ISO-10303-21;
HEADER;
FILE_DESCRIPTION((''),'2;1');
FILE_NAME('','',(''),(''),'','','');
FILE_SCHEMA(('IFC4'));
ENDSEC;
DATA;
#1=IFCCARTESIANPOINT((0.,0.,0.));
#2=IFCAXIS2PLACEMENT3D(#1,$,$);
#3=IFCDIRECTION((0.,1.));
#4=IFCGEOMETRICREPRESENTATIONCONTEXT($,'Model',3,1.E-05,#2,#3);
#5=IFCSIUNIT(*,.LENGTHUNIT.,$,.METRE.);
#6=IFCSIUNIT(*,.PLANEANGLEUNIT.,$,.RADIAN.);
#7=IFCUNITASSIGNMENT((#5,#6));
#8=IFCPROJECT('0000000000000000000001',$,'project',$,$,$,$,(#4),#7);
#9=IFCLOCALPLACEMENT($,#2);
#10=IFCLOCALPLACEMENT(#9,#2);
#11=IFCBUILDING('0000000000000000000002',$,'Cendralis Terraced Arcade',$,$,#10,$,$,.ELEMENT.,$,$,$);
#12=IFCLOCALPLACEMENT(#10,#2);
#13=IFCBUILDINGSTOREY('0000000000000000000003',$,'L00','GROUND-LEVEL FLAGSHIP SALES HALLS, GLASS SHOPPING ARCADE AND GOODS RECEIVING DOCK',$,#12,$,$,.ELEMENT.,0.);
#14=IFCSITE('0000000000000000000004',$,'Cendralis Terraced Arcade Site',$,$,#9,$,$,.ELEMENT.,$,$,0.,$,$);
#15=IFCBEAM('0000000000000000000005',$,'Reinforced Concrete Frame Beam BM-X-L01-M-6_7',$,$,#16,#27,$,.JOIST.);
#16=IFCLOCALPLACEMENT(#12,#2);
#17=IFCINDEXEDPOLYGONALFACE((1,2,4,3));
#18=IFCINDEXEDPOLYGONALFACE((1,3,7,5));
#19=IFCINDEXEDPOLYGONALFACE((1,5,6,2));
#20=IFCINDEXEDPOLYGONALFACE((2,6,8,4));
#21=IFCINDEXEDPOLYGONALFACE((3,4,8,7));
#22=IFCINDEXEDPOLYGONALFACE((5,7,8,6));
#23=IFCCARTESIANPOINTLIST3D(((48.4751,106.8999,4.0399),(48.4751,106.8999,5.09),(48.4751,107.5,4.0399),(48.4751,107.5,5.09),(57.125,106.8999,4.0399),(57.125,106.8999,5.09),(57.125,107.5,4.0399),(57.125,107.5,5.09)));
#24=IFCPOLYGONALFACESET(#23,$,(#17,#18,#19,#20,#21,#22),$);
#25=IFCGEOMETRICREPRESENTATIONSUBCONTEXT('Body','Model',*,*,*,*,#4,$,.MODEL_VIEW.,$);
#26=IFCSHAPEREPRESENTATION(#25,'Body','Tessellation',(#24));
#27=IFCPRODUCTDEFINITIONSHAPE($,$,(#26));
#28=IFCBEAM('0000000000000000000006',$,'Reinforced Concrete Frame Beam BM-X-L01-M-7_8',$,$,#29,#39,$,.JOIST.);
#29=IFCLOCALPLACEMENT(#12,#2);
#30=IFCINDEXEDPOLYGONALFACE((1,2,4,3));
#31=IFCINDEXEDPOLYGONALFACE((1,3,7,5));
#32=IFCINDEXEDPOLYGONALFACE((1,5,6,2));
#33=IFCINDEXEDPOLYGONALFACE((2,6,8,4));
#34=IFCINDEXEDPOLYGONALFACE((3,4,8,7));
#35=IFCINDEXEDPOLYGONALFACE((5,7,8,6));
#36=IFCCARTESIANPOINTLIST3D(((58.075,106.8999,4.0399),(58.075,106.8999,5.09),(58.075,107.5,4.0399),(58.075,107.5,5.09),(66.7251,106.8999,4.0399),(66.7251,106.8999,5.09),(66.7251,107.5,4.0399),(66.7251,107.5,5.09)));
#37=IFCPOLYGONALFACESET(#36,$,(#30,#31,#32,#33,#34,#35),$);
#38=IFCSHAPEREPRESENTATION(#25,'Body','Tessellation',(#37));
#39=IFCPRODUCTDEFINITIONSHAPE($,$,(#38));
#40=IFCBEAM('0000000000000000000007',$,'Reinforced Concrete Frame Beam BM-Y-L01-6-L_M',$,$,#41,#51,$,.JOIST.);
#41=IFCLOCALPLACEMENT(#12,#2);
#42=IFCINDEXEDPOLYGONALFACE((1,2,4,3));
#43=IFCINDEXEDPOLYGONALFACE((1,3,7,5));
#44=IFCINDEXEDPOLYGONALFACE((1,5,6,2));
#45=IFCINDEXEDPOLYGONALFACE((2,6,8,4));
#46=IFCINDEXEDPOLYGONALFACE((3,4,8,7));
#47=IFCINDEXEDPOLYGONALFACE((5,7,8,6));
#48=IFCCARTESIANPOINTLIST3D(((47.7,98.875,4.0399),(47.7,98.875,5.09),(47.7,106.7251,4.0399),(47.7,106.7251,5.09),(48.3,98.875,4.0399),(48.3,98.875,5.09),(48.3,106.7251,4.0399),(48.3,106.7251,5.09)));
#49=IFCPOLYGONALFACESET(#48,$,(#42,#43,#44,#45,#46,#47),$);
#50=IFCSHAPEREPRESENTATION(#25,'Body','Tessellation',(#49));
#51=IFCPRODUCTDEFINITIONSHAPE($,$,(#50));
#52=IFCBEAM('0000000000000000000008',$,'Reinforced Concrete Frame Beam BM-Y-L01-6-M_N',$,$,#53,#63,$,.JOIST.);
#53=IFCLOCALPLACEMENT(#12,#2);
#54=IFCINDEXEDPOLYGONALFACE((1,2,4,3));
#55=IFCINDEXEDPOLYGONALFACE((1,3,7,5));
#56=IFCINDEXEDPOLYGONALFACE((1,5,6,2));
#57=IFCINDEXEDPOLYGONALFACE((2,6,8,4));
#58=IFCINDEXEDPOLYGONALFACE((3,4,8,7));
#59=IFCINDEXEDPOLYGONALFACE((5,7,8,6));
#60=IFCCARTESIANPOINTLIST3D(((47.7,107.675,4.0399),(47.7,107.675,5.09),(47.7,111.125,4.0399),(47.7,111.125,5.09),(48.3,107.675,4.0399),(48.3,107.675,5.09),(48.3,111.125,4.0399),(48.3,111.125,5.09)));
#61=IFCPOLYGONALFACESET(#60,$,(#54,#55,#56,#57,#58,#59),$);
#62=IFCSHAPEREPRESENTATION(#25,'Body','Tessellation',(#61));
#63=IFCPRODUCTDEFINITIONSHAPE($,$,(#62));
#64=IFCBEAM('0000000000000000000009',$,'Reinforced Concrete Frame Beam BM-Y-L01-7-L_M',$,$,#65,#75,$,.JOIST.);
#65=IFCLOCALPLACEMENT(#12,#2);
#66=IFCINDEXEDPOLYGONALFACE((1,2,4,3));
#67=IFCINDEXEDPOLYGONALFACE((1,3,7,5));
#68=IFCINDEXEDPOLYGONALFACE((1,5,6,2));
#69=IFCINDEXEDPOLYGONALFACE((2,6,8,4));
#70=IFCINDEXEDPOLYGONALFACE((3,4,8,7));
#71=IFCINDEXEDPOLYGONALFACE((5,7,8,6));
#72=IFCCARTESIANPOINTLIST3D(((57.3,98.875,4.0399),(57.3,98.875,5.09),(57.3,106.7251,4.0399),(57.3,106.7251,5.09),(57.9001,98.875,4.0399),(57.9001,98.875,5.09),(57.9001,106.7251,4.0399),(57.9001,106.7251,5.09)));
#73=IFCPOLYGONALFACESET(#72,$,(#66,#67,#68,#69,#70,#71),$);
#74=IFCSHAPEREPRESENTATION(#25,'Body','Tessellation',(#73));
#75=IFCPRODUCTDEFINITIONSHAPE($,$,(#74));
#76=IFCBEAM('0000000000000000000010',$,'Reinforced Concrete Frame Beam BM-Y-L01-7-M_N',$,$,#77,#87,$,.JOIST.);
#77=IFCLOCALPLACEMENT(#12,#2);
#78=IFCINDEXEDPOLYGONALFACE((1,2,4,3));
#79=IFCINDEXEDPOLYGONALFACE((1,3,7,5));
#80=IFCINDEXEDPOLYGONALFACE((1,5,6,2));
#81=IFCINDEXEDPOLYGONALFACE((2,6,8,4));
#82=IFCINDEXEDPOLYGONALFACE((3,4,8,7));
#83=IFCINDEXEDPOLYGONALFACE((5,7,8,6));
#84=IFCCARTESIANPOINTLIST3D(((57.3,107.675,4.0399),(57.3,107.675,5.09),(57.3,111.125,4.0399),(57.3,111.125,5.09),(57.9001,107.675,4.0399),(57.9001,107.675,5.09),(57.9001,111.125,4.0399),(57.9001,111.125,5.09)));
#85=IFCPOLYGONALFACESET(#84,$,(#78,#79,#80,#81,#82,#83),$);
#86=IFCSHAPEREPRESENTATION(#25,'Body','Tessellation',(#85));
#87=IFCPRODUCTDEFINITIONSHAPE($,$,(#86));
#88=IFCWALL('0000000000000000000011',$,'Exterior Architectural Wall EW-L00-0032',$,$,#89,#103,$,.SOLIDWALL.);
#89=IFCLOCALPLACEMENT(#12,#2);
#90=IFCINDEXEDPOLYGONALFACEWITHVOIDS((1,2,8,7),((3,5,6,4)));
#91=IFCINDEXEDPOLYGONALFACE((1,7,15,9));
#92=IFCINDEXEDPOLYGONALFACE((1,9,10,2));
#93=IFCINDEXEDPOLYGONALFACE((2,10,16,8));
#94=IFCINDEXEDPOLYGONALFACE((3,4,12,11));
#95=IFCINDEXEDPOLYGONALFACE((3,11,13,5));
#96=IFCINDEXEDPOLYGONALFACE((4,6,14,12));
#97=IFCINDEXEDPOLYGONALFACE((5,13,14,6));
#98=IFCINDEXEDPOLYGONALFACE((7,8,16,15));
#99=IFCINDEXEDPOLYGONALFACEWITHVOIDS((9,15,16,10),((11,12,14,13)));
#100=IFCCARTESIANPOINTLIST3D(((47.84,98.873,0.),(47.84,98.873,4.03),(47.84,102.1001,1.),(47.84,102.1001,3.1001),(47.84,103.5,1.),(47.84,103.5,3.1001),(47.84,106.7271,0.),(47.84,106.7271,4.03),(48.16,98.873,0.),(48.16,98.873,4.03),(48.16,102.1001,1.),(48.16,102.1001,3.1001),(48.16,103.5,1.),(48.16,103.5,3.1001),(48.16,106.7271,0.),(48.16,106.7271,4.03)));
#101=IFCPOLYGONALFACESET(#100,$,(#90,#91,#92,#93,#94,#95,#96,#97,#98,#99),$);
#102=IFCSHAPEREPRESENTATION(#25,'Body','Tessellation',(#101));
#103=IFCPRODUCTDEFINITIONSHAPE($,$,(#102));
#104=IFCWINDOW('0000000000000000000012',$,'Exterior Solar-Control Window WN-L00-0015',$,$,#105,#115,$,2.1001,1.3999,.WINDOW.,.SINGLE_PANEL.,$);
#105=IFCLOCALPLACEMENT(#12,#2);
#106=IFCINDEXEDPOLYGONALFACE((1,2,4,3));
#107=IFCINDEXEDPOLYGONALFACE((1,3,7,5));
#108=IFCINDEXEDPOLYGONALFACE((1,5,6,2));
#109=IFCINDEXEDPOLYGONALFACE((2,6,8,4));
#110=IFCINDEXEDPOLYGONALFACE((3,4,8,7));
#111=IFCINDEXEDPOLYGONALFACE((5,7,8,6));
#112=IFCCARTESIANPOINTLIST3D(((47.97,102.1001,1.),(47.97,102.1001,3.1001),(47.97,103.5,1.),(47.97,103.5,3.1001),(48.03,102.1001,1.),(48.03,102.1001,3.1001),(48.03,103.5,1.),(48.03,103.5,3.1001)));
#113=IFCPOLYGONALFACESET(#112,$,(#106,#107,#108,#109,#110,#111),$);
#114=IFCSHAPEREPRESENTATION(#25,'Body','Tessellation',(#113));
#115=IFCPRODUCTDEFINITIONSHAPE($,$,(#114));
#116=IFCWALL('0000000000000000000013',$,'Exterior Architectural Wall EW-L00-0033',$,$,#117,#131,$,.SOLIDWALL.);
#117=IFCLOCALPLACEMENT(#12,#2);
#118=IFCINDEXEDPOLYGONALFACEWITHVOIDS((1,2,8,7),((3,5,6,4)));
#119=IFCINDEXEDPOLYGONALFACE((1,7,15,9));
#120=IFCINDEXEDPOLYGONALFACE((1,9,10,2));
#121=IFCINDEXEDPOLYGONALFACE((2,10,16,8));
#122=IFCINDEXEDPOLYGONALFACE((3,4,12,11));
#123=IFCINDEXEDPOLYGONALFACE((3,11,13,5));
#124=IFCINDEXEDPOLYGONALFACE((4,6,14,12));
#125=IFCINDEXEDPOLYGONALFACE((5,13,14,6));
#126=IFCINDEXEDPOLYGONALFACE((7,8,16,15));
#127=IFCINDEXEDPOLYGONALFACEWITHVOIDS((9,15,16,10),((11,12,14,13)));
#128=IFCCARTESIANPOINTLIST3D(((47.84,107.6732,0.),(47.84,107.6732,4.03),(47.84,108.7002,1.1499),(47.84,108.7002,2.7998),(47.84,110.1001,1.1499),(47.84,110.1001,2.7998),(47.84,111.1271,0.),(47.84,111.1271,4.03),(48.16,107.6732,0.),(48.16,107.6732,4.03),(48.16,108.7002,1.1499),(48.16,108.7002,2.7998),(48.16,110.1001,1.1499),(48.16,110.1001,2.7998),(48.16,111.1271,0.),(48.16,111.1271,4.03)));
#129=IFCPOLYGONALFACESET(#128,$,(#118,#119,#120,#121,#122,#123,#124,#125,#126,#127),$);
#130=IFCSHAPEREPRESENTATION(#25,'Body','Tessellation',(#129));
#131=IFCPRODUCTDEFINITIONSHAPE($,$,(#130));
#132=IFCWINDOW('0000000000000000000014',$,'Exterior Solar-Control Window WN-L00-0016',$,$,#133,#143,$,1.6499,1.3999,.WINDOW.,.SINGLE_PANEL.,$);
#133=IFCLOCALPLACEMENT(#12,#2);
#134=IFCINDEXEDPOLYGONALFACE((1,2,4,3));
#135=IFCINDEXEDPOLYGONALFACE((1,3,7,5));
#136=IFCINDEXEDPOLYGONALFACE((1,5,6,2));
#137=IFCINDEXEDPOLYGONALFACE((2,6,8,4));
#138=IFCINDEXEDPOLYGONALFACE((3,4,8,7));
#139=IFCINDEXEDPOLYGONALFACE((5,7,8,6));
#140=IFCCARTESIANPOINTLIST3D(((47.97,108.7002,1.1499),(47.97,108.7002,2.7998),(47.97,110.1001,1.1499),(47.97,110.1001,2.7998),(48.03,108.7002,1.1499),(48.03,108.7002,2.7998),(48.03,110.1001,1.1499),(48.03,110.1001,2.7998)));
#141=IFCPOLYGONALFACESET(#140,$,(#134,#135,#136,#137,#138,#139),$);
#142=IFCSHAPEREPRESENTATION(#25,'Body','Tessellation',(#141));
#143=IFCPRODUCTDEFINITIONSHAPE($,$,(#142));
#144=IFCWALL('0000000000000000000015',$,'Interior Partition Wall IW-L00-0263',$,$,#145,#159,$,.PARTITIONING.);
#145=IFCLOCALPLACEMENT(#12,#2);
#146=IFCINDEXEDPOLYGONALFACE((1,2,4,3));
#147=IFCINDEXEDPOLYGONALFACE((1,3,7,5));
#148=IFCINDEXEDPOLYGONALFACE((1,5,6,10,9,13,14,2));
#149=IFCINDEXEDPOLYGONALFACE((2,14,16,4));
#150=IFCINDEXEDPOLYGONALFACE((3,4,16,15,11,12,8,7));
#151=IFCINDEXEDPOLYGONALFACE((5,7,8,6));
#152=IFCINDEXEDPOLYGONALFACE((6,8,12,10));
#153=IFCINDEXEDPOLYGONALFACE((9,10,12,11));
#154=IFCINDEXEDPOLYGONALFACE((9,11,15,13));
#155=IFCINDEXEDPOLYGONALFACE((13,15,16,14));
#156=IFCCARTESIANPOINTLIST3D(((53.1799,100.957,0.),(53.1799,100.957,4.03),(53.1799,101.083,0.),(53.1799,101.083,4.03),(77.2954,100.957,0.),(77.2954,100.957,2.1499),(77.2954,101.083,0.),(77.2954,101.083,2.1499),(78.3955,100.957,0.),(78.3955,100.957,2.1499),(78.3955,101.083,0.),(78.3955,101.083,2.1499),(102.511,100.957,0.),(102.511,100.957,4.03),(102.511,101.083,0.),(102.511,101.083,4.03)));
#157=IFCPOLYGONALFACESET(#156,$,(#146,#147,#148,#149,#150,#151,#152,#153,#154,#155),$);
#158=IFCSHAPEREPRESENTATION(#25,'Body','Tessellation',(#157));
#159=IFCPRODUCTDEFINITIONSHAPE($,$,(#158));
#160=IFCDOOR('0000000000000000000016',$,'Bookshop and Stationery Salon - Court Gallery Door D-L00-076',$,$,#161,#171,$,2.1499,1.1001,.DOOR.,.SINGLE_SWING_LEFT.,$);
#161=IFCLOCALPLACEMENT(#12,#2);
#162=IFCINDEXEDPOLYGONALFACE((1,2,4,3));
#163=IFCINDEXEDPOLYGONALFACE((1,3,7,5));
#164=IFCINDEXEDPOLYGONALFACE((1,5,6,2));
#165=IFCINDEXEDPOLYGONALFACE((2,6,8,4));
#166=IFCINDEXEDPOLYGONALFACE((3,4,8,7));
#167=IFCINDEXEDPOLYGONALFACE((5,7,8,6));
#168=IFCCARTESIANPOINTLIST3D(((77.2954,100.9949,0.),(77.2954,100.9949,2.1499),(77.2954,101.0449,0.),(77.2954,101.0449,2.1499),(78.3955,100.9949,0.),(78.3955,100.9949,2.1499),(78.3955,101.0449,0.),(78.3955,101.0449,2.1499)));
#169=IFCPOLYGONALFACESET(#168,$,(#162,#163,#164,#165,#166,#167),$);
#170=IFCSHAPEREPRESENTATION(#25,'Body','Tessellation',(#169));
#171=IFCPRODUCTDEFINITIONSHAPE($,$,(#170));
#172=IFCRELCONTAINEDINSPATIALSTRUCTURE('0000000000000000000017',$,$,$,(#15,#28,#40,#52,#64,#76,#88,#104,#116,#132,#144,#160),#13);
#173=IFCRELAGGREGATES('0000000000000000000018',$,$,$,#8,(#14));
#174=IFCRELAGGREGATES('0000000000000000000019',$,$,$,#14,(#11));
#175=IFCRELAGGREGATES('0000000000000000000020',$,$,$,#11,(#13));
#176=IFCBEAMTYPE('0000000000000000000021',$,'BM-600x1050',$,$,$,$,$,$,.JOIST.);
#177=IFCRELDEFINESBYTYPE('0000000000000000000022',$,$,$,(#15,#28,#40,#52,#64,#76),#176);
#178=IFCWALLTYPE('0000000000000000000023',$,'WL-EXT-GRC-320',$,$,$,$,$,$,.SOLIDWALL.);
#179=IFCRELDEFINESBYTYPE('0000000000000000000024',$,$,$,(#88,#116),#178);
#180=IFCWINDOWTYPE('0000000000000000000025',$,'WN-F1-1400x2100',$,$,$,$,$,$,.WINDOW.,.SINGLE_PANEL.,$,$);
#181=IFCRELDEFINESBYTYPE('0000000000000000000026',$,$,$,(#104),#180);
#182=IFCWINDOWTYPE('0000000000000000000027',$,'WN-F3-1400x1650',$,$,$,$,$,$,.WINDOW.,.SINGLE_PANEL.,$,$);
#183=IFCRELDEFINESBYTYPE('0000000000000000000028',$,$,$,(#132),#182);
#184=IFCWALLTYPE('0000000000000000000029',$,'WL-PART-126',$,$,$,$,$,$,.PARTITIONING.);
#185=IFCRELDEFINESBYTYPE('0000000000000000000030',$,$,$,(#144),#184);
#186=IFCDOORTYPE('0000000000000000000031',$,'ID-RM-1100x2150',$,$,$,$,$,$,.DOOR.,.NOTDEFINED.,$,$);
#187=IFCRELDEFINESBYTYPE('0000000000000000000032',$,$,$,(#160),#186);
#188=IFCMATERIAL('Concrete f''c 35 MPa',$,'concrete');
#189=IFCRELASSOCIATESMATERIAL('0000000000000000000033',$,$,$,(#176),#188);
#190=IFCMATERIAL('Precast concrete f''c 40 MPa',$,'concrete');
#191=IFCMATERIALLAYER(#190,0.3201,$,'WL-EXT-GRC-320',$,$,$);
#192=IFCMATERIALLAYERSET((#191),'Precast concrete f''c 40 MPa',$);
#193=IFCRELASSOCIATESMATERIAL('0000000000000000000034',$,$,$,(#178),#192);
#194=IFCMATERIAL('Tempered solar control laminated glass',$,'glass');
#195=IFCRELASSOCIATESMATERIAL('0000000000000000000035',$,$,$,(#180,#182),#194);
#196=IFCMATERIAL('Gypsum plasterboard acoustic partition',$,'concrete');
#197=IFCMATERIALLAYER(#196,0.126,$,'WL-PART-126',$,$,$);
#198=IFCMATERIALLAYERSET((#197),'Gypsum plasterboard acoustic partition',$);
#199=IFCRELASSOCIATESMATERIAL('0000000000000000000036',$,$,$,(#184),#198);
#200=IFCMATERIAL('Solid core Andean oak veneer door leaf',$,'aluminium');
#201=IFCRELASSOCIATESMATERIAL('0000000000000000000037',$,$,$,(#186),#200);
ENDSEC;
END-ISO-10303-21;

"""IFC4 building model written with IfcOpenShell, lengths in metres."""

from ifc_helpers import new_model, si_unit, direction, frame, frame_2d, origin, origin_2d, place, context, subcontext, project, spatial, rectangle, extrude, material, layer, layer_set, material_profile, profile_set, type_object, element, fill, save


model = new_model("IFC4")

# Units and contexts
model_context = context("Model", 3, precision=1e-05, world=origin(), true_north=direction((0.0, 1.0)))
body_context = subcontext(model_context, "Body", "Model", "MODEL_VIEW")
ifc_project = project(units=[si_unit("LENGTHUNIT", "METRE"), si_unit("PLANEANGLEUNIT", "RADIAN")], contexts=[model_context])

# Site, building, storey
site_placement = place(None, origin())
site = spatial("IfcSite", under=ifc_project, at=site_placement, Name="Cendralis Terraced Arcade Site", CompositionType="ELEMENT", RefElevation=0.0)
building_placement = place(site_placement, origin())
building = spatial("IfcBuilding", under=site, at=building_placement, Name="Cendralis Terraced Arcade", CompositionType="ELEMENT")
storey_placement = place(building_placement, origin())
storey = spatial("IfcBuildingStorey", under=building, at=storey_placement, Name="L00", Description="GROUND-LEVEL FLAGSHIP SALES HALLS, GLASS SHOPPING ARCADE AND GOODS RECEIVING DOCK", CompositionType="ELEMENT", Elevation=0.0)

# Shared definitions
ifc_material_1 = material(Name="Concrete f'c 35 MPa", Category="concrete")

# Beams
ifc_material_profile_1 = material_profile(ifc_material_1, rectangle(XDim=0.6001, YDim=1.05, at=origin_2d()), Name="RC-BM-600x1050", Category="LoadBearing")
ifc_profile_set_1 = profile_set([ifc_material_profile_1], Name="Concrete f'c 35 MPa")
beam_type = type_object("IfcBeamType", Name="BM-600x1050", PredefinedType="JOIST", material=ifc_profile_set_1)
beam_1_placement = place(storey_placement, frame((48.4751, 107.2, 4.5649), z_axis=(1.0, 0.0, 0.0), x_axis=(0.0, 1.0, 0.0)))
element("IfcBeam", 1, at=beam_1_placement, inside=storey, type_object=beam_type, Name="Reinforced Concrete Frame Beam BM-X-L01-M-6_7", PredefinedType="JOIST", context=body_context, shape_type="SweptSolid", body=[
    extrude(rectangle(XDim=0.6001, YDim=1.05, at=origin_2d()), origin(), (0.0, 0.0, 1.0), 8.6499),
])
beam_2_placement = place(storey_placement, frame((58.075, 107.2, 4.5649), z_axis=(1.0, 0.0, 0.0), x_axis=(0.0, 1.0, 0.0)))
element("IfcBeam", 2, at=beam_2_placement, inside=storey, type_object=beam_type, Name="Reinforced Concrete Frame Beam BM-X-L01-M-7_8", PredefinedType="JOIST", context=body_context, shape_type="SweptSolid", body=[
    extrude(rectangle(XDim=0.6001, YDim=1.05, at=origin_2d()), origin(), (0.0, 0.0, 1.0), 8.6501),
])
beam_3_placement = place(storey_placement, frame((48.0, 98.875, 4.5649), z_axis=(0.0, 1.0, 0.0), x_axis=(-1.0, 0.0, 0.0)))
element("IfcBeam", 3, at=beam_3_placement, inside=storey, type_object=beam_type, Name="Reinforced Concrete Frame Beam BM-Y-L01-6-L_M", PredefinedType="JOIST", context=body_context, shape_type="SweptSolid", body=[
    extrude(rectangle(XDim=0.6001, YDim=1.05, at=origin_2d()), origin(), (0.0, 0.0, 1.0), 7.8501),
])
beam_4_placement = place(storey_placement, frame((48.0, 107.675, 4.5649), z_axis=(0.0, 1.0, 0.0), x_axis=(-1.0, 0.0, 0.0)))
element("IfcBeam", 4, at=beam_4_placement, inside=storey, type_object=beam_type, Name="Reinforced Concrete Frame Beam BM-Y-L01-6-M_N", PredefinedType="JOIST", context=body_context, shape_type="SweptSolid", body=[
    extrude(rectangle(XDim=0.6001, YDim=1.05, at=origin_2d()), origin(), (0.0, 0.0, 1.0), 3.45),
])
beam_5_placement = place(storey_placement, frame((57.6001, 98.875, 4.5649), z_axis=(0.0, 1.0, 0.0), x_axis=(-1.0, 0.0, 0.0)))
element("IfcBeam", 5, at=beam_5_placement, inside=storey, type_object=beam_type, Name="Reinforced Concrete Frame Beam BM-Y-L01-7-L_M", PredefinedType="JOIST", context=body_context, shape_type="SweptSolid", body=[
    extrude(rectangle(XDim=0.6001, YDim=1.05, at=origin_2d()), origin(), (0.0, 0.0, 1.0), 7.8501),
])
beam_6_placement = place(storey_placement, frame((57.6001, 107.675, 4.5649), z_axis=(0.0, 1.0, 0.0), x_axis=(-1.0, 0.0, 0.0)))
element("IfcBeam", 6, at=beam_6_placement, inside=storey, type_object=beam_type, Name="Reinforced Concrete Frame Beam BM-Y-L01-7-M_N", PredefinedType="JOIST", context=body_context, shape_type="SweptSolid", body=[
    extrude(rectangle(XDim=0.6001, YDim=1.05, at=origin_2d()), origin(), (0.0, 0.0, 1.0), 3.45),
])

# Walls, openings, windows
ifc_material_2 = material(Name="Precast concrete f'c 40 MPa", Category="concrete")
ifc_layer_1 = layer(ifc_material_2, 0.3201, Name="WL-EXT-GRC-320")
ifc_layer_set_1 = layer_set([ifc_layer_1], Name="Precast concrete f'c 40 MPa")
wall_type_1 = type_object("IfcWallType", Name="WL-EXT-GRC-320", PredefinedType="SOLIDWALL", material=ifc_layer_set_1)
wall_1_placement = place(storey_placement, frame((48.0, 98.873, 0.0), z_axis=(0.0, 0.0, 1.0), x_axis=(0.0, 1.0, 0.0)))
wall_1 = element("IfcWall", 7, at=wall_1_placement, inside=storey, type_object=wall_type_1, Name="Exterior Architectural Wall EW-L00-0032", PredefinedType="SOLIDWALL", context=body_context, shape_type="SweptSolid", body=[
    extrude(rectangle(XDim=7.854, YDim=0.3201, at=frame_2d((3.927, 0.0))), origin(), (0.0, 0.0, 1.0), 4.03),
])
opening_1_placement = place(wall_1_placement, frame((3.2271, 0.0, 1.0)))
opening_1 = element("IfcOpeningElement", 8, at=opening_1_placement, cuts=wall_1, PredefinedType="OPENING", context=body_context, shape_type="SweptSolid", body=[
    extrude(rectangle(XDim=1.3999, YDim=2.1001, at=frame_2d((0.7, 1.05))), frame((0.0, 0.1719, 0.0), z_axis=(0.0, -1.0, 0.0), x_axis=(1.0, 0.0, 0.0)), (0.0, 0.0, 1.0), 0.344),
])
ifc_material_3 = material(Name="Tempered solar control laminated glass", Category="glass")
window_type_1 = type_object("IfcWindowType", Name="WN-F1-1400x2100", PartitioningType="SINGLE_PANEL", PredefinedType="WINDOW", material=ifc_material_3)
window_1_placement = place(opening_1_placement, origin())
window_1 = element("IfcWindow", 9, at=window_1_placement, inside=storey, type_object=window_type_1, Name="Exterior Solar-Control Window WN-L00-0015", OverallHeight=2.1001, OverallWidth=1.3999, PartitioningType="SINGLE_PANEL", PredefinedType="WINDOW", context=body_context, shape_type="SweptSolid", body=[
    extrude(rectangle(XDim=1.3999, YDim=2.1001, at=frame_2d((0.7, 1.05))), frame((0.0, 0.03, 0.0), z_axis=(0.0, -1.0, 0.0), x_axis=(1.0, 0.0, 0.0)), (0.0, 0.0, 1.0), 0.0601),
])
fill(opening_1, window_1)
wall_2_placement = place(storey_placement, frame((48.0, 107.6731, 0.0), z_axis=(0.0, 0.0, 1.0), x_axis=(0.0, 1.0, 0.0)))
wall_2 = element("IfcWall", 10, at=wall_2_placement, inside=storey, type_object=wall_type_1, Name="Exterior Architectural Wall EW-L00-0033", PredefinedType="SOLIDWALL", context=body_context, shape_type="SweptSolid", body=[
    extrude(rectangle(XDim=3.4539, YDim=0.3201, at=frame_2d((1.7271, 0.0))), origin(), (0.0, 0.0, 1.0), 4.03),
])
opening_2_placement = place(wall_2_placement, frame((1.0271, 0.0, 1.1499)))
opening_2 = element("IfcOpeningElement", 11, at=opening_2_placement, cuts=wall_2, PredefinedType="OPENING", context=body_context, shape_type="SweptSolid", body=[
    extrude(rectangle(XDim=1.3999, YDim=1.6499, at=frame_2d((0.7, 0.825))), frame((0.0, 0.1719, 0.0), z_axis=(0.0, -1.0, 0.0), x_axis=(1.0, 0.0, 0.0)), (0.0, 0.0, 1.0), 0.344),
])
window_type_2 = type_object("IfcWindowType", Name="WN-F3-1400x1650", PartitioningType="SINGLE_PANEL", PredefinedType="WINDOW", material=ifc_material_3)
window_2_placement = place(opening_2_placement, origin())
window_2 = element("IfcWindow", 12, at=window_2_placement, inside=storey, type_object=window_type_2, Name="Exterior Solar-Control Window WN-L00-0016", OverallHeight=1.6499, OverallWidth=1.3999, PartitioningType="SINGLE_PANEL", PredefinedType="WINDOW", context=body_context, shape_type="SweptSolid", body=[
    extrude(rectangle(XDim=1.3999, YDim=1.6499, at=frame_2d((0.7, 0.825))), frame((0.0, 0.03, 0.0), z_axis=(0.0, -1.0, 0.0), x_axis=(1.0, 0.0, 0.0)), (0.0, 0.0, 1.0), 0.0601),
])
fill(opening_2, window_2)

# Wall, opening, door
ifc_material_4 = material(Name="Gypsum plasterboard acoustic partition", Category="concrete")
ifc_layer_2 = layer(ifc_material_4, 0.126, Name="WL-PART-126")
ifc_layer_set_2 = layer_set([ifc_layer_2], Name="Gypsum plasterboard acoustic partition")
wall_type_2 = type_object("IfcWallType", Name="WL-PART-126", PredefinedType="PARTITIONING", material=ifc_layer_set_2)
wall_3_placement = place(storey_placement, frame((53.1799, 101.02, 0.0), z_axis=(0.0, 0.0, 1.0), x_axis=(1.0, 0.0, 0.0)))
wall_3 = element("IfcWall", 13, at=wall_3_placement, inside=storey, type_object=wall_type_2, Name="Interior Partition Wall IW-L00-0263", PredefinedType="PARTITIONING", context=body_context, shape_type="SweptSolid", body=[
    extrude(rectangle(XDim=49.3311, YDim=0.126, at=frame_2d((24.6655, 0.0))), origin(), (0.0, 0.0, 1.0), 4.03),
])
opening_3_placement = place(wall_3_placement, frame((24.1155, 0.0, 0.0)))
opening_3 = element("IfcOpeningElement", 14, at=opening_3_placement, cuts=wall_3, PredefinedType="OPENING", context=body_context, shape_type="SweptSolid", body=[
    extrude(rectangle(XDim=1.1001, YDim=2.1499, at=frame_2d((0.55, 1.075))), frame((0.0, 0.075, 0.0), z_axis=(0.0, -1.0, 0.0), x_axis=(1.0, 0.0, 0.0)), (0.0, 0.0, 1.0), 0.1499),
])
ifc_material_5 = material(Name="Solid core Andean oak veneer door leaf", Category="aluminium")
door_type = type_object("IfcDoorType", Name="ID-RM-1100x2150", OperationType="NOTDEFINED", PredefinedType="DOOR", material=ifc_material_5)
door_placement = place(opening_3_placement, origin())
door = element("IfcDoor", 15, at=door_placement, inside=storey, type_object=door_type, Name="Bookshop and Stationery Salon - Court Gallery Door D-L00-076", OperationType="SINGLE_SWING_LEFT", OverallHeight=2.1499, OverallWidth=1.1001, PredefinedType="DOOR", context=body_context, shape_type="SweptSolid", body=[
    extrude(rectangle(XDim=1.1001, YDim=2.1499, at=frame_2d((0.55, 1.075))), frame((0.0, 0.0249, 0.0), z_axis=(0.0, -1.0, 0.0), x_axis=(1.0, 0.0, 0.0)), (0.0, 0.0, 1.0), 0.05),
])
fill(opening_3, door)

save(model, "model.ifc")
